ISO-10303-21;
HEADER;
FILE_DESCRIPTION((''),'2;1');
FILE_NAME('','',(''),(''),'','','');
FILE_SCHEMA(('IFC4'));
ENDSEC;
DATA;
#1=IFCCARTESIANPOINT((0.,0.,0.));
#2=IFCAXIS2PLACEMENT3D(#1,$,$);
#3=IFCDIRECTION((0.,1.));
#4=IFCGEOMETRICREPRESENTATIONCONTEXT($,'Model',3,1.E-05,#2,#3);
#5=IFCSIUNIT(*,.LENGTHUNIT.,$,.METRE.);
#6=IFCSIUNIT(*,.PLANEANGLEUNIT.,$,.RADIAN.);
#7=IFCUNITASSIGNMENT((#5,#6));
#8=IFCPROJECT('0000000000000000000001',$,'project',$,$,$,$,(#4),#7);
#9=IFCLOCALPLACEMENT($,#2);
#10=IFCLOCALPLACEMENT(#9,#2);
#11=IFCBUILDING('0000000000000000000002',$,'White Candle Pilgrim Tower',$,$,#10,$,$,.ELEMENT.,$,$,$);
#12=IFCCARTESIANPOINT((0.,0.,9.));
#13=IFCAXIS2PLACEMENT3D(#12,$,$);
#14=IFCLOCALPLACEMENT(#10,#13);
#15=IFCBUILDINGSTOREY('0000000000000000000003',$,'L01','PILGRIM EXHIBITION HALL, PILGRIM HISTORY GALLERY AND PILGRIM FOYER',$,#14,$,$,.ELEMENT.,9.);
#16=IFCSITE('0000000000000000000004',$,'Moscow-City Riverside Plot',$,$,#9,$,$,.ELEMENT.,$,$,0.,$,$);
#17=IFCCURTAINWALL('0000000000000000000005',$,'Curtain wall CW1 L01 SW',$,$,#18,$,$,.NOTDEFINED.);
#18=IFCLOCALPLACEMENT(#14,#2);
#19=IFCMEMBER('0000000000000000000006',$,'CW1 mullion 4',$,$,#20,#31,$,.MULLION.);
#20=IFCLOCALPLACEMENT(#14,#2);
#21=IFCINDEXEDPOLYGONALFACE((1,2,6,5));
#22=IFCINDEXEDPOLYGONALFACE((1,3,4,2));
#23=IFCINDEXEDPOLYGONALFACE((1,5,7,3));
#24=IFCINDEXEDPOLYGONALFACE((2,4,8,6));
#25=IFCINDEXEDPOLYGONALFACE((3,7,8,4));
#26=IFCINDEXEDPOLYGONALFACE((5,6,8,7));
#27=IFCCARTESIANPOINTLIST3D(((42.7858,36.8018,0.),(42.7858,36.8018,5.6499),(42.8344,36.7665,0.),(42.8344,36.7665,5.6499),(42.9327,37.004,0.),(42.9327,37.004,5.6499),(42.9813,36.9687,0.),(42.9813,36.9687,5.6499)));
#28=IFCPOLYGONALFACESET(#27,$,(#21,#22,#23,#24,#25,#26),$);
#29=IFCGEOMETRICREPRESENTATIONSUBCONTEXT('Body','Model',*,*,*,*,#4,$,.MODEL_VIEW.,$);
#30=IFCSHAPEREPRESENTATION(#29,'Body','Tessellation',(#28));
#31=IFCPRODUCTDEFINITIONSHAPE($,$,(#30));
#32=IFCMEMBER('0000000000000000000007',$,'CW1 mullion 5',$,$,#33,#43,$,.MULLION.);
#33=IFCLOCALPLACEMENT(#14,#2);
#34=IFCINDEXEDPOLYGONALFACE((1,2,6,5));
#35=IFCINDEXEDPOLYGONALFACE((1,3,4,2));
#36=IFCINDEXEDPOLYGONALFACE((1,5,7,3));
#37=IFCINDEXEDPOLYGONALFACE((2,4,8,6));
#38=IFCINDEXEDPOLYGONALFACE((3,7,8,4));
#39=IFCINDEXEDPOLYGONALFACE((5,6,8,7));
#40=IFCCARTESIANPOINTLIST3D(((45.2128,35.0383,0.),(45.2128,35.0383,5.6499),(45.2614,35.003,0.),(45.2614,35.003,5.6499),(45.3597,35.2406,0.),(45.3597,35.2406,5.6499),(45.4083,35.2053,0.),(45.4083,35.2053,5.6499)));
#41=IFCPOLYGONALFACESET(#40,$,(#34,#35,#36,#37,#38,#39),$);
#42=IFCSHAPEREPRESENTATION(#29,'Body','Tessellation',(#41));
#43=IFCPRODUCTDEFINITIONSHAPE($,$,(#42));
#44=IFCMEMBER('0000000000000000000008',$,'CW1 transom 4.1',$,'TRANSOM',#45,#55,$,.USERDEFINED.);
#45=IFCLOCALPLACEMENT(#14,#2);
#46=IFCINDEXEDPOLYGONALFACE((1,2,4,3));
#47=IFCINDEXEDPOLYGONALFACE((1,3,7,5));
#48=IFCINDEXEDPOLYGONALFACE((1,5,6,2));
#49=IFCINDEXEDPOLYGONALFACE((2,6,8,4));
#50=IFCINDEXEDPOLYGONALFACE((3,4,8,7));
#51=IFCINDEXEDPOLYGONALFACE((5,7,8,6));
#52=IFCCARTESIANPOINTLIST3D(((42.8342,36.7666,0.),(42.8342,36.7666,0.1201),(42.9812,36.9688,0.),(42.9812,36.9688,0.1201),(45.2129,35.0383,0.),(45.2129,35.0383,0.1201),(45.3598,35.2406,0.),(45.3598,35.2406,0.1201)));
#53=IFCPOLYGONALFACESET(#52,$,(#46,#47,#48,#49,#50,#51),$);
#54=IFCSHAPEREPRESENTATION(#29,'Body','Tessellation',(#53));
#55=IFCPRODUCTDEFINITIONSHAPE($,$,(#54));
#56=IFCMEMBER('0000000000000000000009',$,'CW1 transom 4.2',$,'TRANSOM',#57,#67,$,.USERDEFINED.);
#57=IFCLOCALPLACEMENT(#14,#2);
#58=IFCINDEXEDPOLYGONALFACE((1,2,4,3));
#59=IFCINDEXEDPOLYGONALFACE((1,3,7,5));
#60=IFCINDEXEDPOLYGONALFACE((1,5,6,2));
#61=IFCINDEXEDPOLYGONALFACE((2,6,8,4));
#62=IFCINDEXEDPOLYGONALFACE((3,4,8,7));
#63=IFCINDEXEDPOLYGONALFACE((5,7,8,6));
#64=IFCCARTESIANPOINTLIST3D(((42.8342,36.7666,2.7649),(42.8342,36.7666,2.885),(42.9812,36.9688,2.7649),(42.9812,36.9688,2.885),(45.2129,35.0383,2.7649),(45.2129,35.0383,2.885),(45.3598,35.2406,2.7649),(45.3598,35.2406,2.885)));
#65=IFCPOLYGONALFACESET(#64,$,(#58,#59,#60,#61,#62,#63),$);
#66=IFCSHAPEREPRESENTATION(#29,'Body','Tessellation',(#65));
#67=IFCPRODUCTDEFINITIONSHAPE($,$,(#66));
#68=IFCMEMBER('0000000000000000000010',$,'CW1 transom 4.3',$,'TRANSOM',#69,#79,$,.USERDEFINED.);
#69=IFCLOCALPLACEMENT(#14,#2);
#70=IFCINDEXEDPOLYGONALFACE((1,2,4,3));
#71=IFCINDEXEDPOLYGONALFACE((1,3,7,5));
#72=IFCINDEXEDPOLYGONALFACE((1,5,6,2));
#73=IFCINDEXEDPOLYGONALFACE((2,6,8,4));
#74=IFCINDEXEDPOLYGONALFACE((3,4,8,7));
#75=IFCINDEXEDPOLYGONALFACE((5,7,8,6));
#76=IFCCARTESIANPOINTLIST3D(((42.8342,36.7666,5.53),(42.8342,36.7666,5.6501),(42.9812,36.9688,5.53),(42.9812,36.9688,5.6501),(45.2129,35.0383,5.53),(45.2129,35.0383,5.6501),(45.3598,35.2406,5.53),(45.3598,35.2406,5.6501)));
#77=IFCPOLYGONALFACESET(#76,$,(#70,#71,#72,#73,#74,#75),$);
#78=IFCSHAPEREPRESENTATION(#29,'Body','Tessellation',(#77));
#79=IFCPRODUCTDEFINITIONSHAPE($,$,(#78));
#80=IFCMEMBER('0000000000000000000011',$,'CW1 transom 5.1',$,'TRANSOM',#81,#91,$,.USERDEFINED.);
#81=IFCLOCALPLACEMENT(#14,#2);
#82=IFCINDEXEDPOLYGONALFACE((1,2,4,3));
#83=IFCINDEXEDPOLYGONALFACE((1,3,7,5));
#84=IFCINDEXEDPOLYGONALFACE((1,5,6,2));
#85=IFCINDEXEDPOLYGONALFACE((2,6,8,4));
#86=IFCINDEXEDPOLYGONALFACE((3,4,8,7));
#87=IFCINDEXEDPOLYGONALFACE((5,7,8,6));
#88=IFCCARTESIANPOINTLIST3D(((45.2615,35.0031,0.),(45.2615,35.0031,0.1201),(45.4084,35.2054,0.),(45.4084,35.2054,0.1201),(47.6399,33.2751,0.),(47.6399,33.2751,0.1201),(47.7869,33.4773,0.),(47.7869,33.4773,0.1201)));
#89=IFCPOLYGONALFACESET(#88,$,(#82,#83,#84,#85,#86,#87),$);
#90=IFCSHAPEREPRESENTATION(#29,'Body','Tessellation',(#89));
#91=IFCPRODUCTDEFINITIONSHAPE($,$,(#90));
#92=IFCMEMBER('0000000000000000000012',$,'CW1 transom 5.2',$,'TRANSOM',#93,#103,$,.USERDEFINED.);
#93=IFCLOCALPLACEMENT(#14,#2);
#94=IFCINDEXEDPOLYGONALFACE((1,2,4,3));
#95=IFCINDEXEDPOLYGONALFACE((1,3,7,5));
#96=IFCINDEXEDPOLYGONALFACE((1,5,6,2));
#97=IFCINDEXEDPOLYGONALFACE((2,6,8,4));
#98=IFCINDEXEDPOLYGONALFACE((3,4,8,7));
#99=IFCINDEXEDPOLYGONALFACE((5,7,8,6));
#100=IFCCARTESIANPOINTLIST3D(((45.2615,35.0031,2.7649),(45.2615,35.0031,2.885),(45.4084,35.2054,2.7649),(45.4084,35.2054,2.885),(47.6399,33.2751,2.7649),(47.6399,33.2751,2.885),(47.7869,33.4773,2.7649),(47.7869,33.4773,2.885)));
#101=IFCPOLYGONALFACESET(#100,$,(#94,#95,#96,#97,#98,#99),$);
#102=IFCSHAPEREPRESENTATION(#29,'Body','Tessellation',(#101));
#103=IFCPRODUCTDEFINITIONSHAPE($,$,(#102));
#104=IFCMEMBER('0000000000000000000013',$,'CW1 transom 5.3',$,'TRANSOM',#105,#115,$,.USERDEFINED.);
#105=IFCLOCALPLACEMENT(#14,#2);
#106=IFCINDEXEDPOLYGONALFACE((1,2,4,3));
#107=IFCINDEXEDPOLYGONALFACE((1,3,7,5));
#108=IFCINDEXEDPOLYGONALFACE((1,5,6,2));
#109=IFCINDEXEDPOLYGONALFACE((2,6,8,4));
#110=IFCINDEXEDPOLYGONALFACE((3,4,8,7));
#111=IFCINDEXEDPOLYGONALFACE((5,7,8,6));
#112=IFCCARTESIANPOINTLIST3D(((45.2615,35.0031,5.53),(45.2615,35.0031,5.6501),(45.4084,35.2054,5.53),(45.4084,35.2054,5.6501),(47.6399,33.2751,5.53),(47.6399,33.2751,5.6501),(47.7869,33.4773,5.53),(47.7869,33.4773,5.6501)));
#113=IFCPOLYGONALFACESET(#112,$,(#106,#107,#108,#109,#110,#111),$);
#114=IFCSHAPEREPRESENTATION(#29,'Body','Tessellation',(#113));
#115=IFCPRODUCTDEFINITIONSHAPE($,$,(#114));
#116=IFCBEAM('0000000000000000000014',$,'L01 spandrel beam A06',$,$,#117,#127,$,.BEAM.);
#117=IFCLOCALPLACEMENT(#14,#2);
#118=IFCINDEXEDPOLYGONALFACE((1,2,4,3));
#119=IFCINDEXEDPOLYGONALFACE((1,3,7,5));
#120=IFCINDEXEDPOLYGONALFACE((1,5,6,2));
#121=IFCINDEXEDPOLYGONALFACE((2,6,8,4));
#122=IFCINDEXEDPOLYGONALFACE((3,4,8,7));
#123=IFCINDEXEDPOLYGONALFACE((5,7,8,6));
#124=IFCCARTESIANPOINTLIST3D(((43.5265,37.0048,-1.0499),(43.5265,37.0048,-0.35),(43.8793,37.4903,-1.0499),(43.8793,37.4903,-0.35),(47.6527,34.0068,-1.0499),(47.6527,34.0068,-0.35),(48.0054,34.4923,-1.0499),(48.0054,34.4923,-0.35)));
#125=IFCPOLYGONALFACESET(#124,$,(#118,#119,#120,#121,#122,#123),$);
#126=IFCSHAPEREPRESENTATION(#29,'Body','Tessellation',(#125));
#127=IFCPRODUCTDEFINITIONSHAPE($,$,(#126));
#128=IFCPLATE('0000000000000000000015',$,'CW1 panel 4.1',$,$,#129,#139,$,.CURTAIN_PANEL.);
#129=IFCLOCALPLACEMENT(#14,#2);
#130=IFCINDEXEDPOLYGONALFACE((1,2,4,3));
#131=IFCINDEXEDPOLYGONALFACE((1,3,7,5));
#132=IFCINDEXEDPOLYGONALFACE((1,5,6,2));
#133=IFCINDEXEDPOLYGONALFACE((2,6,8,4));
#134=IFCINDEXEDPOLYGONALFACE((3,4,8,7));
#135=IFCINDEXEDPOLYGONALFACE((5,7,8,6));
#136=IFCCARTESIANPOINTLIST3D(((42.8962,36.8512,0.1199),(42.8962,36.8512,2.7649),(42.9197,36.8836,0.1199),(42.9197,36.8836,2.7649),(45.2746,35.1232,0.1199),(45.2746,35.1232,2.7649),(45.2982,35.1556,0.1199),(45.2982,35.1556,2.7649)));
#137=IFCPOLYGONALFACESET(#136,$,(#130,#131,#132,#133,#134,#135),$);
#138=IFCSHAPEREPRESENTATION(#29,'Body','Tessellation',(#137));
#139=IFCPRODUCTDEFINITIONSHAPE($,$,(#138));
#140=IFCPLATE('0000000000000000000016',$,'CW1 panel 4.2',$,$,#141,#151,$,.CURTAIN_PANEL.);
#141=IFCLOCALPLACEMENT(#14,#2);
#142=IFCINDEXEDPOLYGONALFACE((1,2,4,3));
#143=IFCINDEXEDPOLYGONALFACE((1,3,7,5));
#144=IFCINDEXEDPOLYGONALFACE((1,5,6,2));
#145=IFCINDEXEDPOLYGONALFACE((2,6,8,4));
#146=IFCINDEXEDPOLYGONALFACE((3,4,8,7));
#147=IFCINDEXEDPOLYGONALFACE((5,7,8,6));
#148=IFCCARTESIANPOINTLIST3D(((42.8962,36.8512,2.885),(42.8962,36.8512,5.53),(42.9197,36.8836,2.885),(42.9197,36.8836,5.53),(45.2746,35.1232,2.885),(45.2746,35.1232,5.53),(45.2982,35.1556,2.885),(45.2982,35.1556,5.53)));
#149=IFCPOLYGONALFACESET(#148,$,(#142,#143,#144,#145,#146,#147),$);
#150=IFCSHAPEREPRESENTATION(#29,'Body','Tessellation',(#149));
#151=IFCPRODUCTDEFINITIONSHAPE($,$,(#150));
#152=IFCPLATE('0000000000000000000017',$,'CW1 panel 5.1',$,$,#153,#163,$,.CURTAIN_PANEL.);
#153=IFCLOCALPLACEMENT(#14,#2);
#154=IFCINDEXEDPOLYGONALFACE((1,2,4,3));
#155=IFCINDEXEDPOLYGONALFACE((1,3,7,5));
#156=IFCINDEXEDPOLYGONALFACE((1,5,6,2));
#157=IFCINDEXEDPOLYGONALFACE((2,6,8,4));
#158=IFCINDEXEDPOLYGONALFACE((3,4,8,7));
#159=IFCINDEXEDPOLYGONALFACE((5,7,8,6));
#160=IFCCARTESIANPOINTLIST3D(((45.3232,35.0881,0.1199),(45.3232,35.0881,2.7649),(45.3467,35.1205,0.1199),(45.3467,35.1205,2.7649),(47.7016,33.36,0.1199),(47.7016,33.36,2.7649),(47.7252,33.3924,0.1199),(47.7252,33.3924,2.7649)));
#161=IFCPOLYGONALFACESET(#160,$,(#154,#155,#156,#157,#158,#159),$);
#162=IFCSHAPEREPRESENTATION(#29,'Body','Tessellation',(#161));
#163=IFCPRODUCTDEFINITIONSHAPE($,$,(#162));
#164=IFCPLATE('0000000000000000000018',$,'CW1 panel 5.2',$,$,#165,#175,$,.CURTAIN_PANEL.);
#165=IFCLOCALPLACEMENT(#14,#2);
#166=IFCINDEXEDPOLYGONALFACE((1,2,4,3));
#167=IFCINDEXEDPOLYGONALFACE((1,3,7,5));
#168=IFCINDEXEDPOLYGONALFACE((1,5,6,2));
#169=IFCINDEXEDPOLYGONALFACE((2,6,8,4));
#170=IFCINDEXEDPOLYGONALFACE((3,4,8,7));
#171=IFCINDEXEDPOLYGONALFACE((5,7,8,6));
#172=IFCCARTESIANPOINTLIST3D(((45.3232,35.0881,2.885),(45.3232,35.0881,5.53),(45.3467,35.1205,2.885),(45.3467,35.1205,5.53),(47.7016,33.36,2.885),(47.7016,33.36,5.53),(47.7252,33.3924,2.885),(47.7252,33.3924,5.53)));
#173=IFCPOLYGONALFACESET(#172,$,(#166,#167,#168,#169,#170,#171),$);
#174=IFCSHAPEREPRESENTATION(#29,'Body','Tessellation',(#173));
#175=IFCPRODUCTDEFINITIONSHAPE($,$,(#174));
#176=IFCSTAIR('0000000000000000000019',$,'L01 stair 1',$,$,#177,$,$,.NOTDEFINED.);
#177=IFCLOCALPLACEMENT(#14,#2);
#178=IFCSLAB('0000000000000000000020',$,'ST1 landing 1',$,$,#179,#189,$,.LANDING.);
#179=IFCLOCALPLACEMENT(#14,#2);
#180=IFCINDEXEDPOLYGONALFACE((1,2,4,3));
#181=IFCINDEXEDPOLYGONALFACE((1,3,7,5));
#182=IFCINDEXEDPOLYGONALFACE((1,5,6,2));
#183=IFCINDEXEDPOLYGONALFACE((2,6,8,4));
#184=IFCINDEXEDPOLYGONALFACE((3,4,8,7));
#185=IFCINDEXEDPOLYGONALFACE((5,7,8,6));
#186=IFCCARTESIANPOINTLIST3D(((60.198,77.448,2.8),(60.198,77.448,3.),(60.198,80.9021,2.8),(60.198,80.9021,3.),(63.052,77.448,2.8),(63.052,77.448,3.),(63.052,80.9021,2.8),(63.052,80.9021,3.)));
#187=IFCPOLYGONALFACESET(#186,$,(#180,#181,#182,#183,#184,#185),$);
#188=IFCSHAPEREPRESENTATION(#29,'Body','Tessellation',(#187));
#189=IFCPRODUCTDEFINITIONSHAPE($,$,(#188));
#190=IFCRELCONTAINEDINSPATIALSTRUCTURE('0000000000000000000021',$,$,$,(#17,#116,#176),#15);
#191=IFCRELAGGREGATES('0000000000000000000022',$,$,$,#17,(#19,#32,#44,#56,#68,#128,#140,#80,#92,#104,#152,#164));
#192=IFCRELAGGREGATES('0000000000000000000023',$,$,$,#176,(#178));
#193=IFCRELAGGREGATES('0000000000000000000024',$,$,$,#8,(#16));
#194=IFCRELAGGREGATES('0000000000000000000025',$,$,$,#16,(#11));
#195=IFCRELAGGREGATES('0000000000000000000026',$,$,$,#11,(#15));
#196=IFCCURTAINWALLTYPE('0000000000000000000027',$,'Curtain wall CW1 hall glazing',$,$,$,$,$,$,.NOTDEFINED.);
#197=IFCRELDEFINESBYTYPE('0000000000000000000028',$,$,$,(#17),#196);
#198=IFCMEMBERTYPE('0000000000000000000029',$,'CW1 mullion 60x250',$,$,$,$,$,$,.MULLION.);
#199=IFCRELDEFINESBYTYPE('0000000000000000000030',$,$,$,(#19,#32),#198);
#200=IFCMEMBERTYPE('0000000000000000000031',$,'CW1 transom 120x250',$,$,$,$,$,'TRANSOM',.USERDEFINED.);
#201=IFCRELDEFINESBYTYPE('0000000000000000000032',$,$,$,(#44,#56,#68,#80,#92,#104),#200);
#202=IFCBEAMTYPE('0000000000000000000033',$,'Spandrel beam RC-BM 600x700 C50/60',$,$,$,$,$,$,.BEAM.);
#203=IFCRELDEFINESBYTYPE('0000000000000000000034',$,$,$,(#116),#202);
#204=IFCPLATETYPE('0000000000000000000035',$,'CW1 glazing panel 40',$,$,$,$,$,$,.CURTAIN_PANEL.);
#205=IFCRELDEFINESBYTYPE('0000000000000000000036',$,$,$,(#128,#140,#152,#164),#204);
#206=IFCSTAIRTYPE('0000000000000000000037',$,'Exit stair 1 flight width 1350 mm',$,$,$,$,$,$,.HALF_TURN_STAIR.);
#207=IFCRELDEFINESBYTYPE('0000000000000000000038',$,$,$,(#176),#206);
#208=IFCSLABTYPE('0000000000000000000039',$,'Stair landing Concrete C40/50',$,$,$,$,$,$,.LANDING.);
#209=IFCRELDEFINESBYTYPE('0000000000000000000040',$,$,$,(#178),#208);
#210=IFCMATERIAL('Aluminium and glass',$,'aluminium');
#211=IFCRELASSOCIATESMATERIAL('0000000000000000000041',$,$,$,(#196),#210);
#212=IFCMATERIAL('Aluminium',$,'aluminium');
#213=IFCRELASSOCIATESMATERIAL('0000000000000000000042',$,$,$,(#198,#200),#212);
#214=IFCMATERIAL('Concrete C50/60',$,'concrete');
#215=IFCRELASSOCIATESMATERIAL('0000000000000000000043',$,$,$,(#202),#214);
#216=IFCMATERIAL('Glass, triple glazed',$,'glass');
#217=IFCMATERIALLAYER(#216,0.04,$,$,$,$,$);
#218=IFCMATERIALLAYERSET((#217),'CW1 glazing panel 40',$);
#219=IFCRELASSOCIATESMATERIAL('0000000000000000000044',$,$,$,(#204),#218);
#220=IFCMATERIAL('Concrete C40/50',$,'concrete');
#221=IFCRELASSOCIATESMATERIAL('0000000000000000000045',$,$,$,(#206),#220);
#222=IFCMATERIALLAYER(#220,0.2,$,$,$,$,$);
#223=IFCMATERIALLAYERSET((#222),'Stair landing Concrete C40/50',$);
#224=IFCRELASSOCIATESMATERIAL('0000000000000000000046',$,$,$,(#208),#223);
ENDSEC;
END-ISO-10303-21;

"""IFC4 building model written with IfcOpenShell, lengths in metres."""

from ifc_helpers import new_model, si_unit, direction, frame, origin, origin_2d, place, context, subcontext, project, spatial, polyline, rectangle, outline, extrude, material, layer, layer_set, material_profile, profile_set, type_object, element, aggregate, save


model = new_model("IFC4")

# Units and contexts
model_context = context("Model", 3, precision=1e-05, world=origin(), true_north=direction((0.0, 1.0)))
body_context = subcontext(model_context, "Body", "Model", "MODEL_VIEW")
ifc_project = project(units=[si_unit("LENGTHUNIT", "METRE"), si_unit("PLANEANGLEUNIT", "RADIAN")], contexts=[model_context])

# Site, building, storey
site_placement = place(None, origin())
site = spatial("IfcSite", under=ifc_project, at=site_placement, Name="Moscow-City Riverside Plot", CompositionType="ELEMENT", RefElevation=0.0)
building_placement = place(site_placement, origin())
building = spatial("IfcBuilding", under=site, at=building_placement, Name="White Candle Pilgrim Tower", CompositionType="ELEMENT")
storey_placement = place(building_placement, frame((0.0, 0.0, 9.0)))
storey = spatial("IfcBuildingStorey", under=building, at=storey_placement, Name="L01", Description="PILGRIM EXHIBITION HALL, PILGRIM HISTORY GALLERY AND PILGRIM FOYER", CompositionType="ELEMENT", Elevation=9.0)

# Curtain wall, members
ifc_material_1 = material(Name="Aluminium and glass", Category="aluminium")
curtain_wall_type = type_object("IfcCurtainWallType", Name="Curtain wall CW1 hall glazing", PredefinedType="NOTDEFINED", material=ifc_material_1)
curtain_wall_placement = place(storey_placement, origin())
curtain_wall = element("IfcCurtainWall", 1, at=curtain_wall_placement, inside=storey, type_object=curtain_wall_type, Name="Curtain wall CW1 L01 SW", PredefinedType="NOTDEFINED")
ifc_material_2 = material(Name="Aluminium", Category="aluminium")
ifc_material_profile_1 = material_profile(ifc_material_2, rectangle(XDim=0.25, YDim=0.0601, at=origin_2d()), Name="CW1 mullion 60x250")
ifc_profile_set_1 = profile_set([ifc_material_profile_1], Name="Aluminium")
member_type_1 = type_object("IfcMemberType", Name="CW1 mullion 60x250", PredefinedType="MULLION", material=ifc_profile_set_1)
member_1_placement = place(storey_placement, frame((42.8835, 36.8853, 0.0), z_axis=(0.0, 0.0, 1.0), x_axis=(0.587785, 0.809017, 0.0)))
member_1 = element("IfcMember", 2, at=member_1_placement, type_object=member_type_1, Name="CW1 mullion 4", PredefinedType="MULLION", context=body_context, shape_type="SweptSolid", body=[
    extrude(rectangle(XDim=0.25, YDim=0.0601, at=origin_2d()), origin(), (0.0, 0.0, 1.0), 5.6499),
])
member_2_placement = place(storey_placement, frame((45.3105, 35.1218, 0.0), z_axis=(0.0, 0.0, 1.0), x_axis=(0.587785, 0.809017, 0.0)))
member_2 = element("IfcMember", 3, at=member_2_placement, type_object=member_type_1, Name="CW1 mullion 5", PredefinedType="MULLION", context=body_context, shape_type="SweptSolid", body=[
    extrude(rectangle(XDim=0.25, YDim=0.0601, at=origin_2d()), origin(), (0.0, 0.0, 1.0), 5.6499),
])
ifc_material_profile_2 = material_profile(ifc_material_2, rectangle(XDim=0.25, YDim=0.1201, at=origin_2d()), Name="CW1 transom 120x250")
ifc_profile_set_2 = profile_set([ifc_material_profile_2], Name="Aluminium")
member_type_2 = type_object("IfcMemberType", Name="CW1 transom 120x250", ElementType="TRANSOM", PredefinedType="USERDEFINED", material=ifc_profile_set_2)
member_3_placement = place(storey_placement, frame((42.9077, 36.8677, 0.0601), z_axis=(0.809005, -0.587801, 0.0), x_axis=(0.587801, 0.809005, 0.0)))
member_3 = element("IfcMember", 4, at=member_3_placement, type_object=member_type_2, Name="CW1 transom 4.1", ObjectType="TRANSOM", PredefinedType="USERDEFINED", context=body_context, shape_type="SweptSolid", body=[
    extrude(rectangle(XDim=0.25, YDim=0.1201, at=origin_2d()), origin(), (0.0, 0.0, 1.0), 2.9402),
])
member_4_placement = place(storey_placement, frame((42.9077, 36.8677, 2.825), z_axis=(0.809005, -0.587801, 0.0), x_axis=(0.587801, 0.809005, 0.0)))
member_4 = element("IfcMember", 5, at=member_4_placement, type_object=member_type_2, Name="CW1 transom 4.2", ObjectType="TRANSOM", PredefinedType="USERDEFINED", context=body_context, shape_type="SweptSolid", body=[
    extrude(rectangle(XDim=0.25, YDim=0.1201, at=origin_2d()), origin(), (0.0, 0.0, 1.0), 2.9402),
])
member_5_placement = place(storey_placement, frame((42.9077, 36.8677, 5.5901), z_axis=(0.809005, -0.587801, 0.0), x_axis=(0.587801, 0.809005, 0.0)))
member_5 = element("IfcMember", 6, at=member_5_placement, type_object=member_type_2, Name="CW1 transom 4.3", ObjectType="TRANSOM", PredefinedType="USERDEFINED", context=body_context, shape_type="SweptSolid", body=[
    extrude(rectangle(XDim=0.25, YDim=0.1201, at=origin_2d()), origin(), (0.0, 0.0, 1.0), 2.9402),
])
member_6_placement = place(storey_placement, frame((45.335, 35.1042, 0.0601), z_axis=(0.809016, -0.587786, 0.0), x_axis=(0.587786, 0.809016, 0.0)))
member_6 = element("IfcMember", 7, at=member_6_placement, type_object=member_type_2, Name="CW1 transom 5.1", ObjectType="TRANSOM", PredefinedType="USERDEFINED", context=body_context, shape_type="SweptSolid", body=[
    extrude(rectangle(XDim=0.25, YDim=0.1201, at=origin_2d()), origin(), (0.0, 0.0, 1.0), 2.9399),
])
member_7_placement = place(storey_placement, frame((45.335, 35.1042, 2.825), z_axis=(0.809016, -0.587786, 0.0), x_axis=(0.587786, 0.809016, 0.0)))
member_7 = element("IfcMember", 8, at=member_7_placement, type_object=member_type_2, Name="CW1 transom 5.2", ObjectType="TRANSOM", PredefinedType="USERDEFINED", context=body_context, shape_type="SweptSolid", body=[
    extrude(rectangle(XDim=0.25, YDim=0.1201, at=origin_2d()), origin(), (0.0, 0.0, 1.0), 2.9399),
])
member_8_placement = place(storey_placement, frame((45.335, 35.1042, 5.5901), z_axis=(0.809016, -0.587786, 0.0), x_axis=(0.587786, 0.809016, 0.0)))
member_8 = element("IfcMember", 9, at=member_8_placement, type_object=member_type_2, Name="CW1 transom 5.3", ObjectType="TRANSOM", PredefinedType="USERDEFINED", context=body_context, shape_type="SweptSolid", body=[
    extrude(rectangle(XDim=0.25, YDim=0.1201, at=origin_2d()), origin(), (0.0, 0.0, 1.0), 2.9399),
])

# Beam
ifc_material_3 = material(Name="Concrete C50/60", Category="concrete")
ifc_material_profile_3 = material_profile(ifc_material_3, rectangle(XDim=0.6001, YDim=0.7, at=origin_2d()), Name="RC-BM 600x700")
ifc_profile_set_3 = profile_set([ifc_material_profile_3], Name="Concrete C50/60")
beam_type = type_object("IfcBeamType", Name="Spandrel beam RC-BM 600x700 C50/60", PredefinedType="BEAM", material=ifc_profile_set_3)
beam_placement = place(storey_placement, frame((43.7029, 37.2476, -0.7), z_axis=(0.809001, -0.587807, 0.0), x_axis=(0.587807, 0.809001, 0.0)))
element("IfcBeam", 10, at=beam_placement, inside=storey, type_object=beam_type, Name="L01 spandrel beam A06", PredefinedType="BEAM", context=body_context, shape_type="SweptSolid", body=[
    extrude(rectangle(XDim=0.6001, YDim=0.7, at=origin_2d()), origin(), (0.0, 0.0, 1.0), 5.1003),
])

# Plates
ifc_material_4 = material(Name="Glass, triple glazed", Category="glass")
ifc_layer_1 = layer(ifc_material_4, 0.04)
ifc_layer_set_1 = layer_set([ifc_layer_1], Name="CW1 glazing panel 40")
plate_type = type_object("IfcPlateType", Name="CW1 glazing panel 40", PredefinedType="CURTAIN_PANEL", material=ifc_layer_set_1)
plate_1_placement = place(storey_placement, frame((44.0972, 36.0034, 0.1199), z_axis=(0.0, 0.0, 1.0), x_axis=(0.809017, -0.587785, 0.0)))
plate_1 = element("IfcPlate", 11, at=plate_1_placement, type_object=plate_type, Name="CW1 panel 4.1", PredefinedType="CURTAIN_PANEL", context=body_context, shape_type="SweptSolid", body=[
    extrude(rectangle(XDim=2.9399, YDim=0.04, at=origin_2d()), origin(), (0.0, 0.0, 1.0), 2.645),
])
plate_2_placement = place(storey_placement, frame((44.0972, 36.0034, 2.885), z_axis=(0.0, 0.0, 1.0), x_axis=(0.809017, -0.587785, 0.0)))
plate_2 = element("IfcPlate", 12, at=plate_2_placement, type_object=plate_type, Name="CW1 panel 4.2", PredefinedType="CURTAIN_PANEL", context=body_context, shape_type="SweptSolid", body=[
    extrude(rectangle(XDim=2.9399, YDim=0.04, at=origin_2d()), origin(), (0.0, 0.0, 1.0), 2.645),
])
plate_3_placement = place(storey_placement, frame((46.5242, 34.2402, 0.1199), z_axis=(0.0, 0.0, 1.0), x_axis=(0.809017, -0.587785, 0.0)))
plate_3 = element("IfcPlate", 13, at=plate_3_placement, type_object=plate_type, Name="CW1 panel 5.1", PredefinedType="CURTAIN_PANEL", context=body_context, shape_type="SweptSolid", body=[
    extrude(rectangle(XDim=2.9399, YDim=0.04, at=origin_2d()), origin(), (0.0, 0.0, 1.0), 2.645),
])
plate_4_placement = place(storey_placement, frame((46.5242, 34.2402, 2.885), z_axis=(0.0, 0.0, 1.0), x_axis=(0.809017, -0.587785, 0.0)))
plate_4 = element("IfcPlate", 14, at=plate_4_placement, type_object=plate_type, Name="CW1 panel 5.2", PredefinedType="CURTAIN_PANEL", context=body_context, shape_type="SweptSolid", body=[
    extrude(rectangle(XDim=2.9399, YDim=0.04, at=origin_2d()), origin(), (0.0, 0.0, 1.0), 2.645),
])
aggregate(curtain_wall, [member_1, member_2, member_3, member_4, member_5, plate_1, plate_2, member_6, member_7, member_8, plate_3, plate_4])

# Stair, slab
ifc_material_5 = material(Name="Concrete C40/50", Category="concrete")
stair_type_1 = type_object("IfcStairType", Name="Exit stair 1 flight width 1350 mm", PredefinedType="HALF_TURN_STAIR", material=ifc_material_5)
stair_1_placement = place(storey_placement, origin())
stair_1 = element("IfcStair", 15, at=stair_1_placement, inside=storey, type_object=stair_type_1, Name="L01 stair 1", PredefinedType="NOTDEFINED")
ifc_layer_2 = layer(ifc_material_5, 0.2)
ifc_layer_set_2 = layer_set([ifc_layer_2], Name="Stair landing Concrete C40/50")
slab_type = type_object("IfcSlabType", Name="Stair landing Concrete C40/50", PredefinedType="LANDING", material=ifc_layer_set_2)
slab_1_placement = place(storey_placement, frame((0.0, 0.0, 2.8)))
slab_1 = element("IfcSlab", 16, at=slab_1_placement, type_object=slab_type, Name="ST1 landing 1", PredefinedType="LANDING", context=body_context, shape_type="SweptSolid", body=[
    extrude(outline(polyline([(63.052, 77.448), (60.198, 77.448), (60.198, 80.9021), (63.052, 80.9021), (63.052, 77.448)])), origin(), (0.0, 0.0, 1.0), 0.2),
])
aggregate(stair_1, [slab_1])

save(model, "model.ifc")
